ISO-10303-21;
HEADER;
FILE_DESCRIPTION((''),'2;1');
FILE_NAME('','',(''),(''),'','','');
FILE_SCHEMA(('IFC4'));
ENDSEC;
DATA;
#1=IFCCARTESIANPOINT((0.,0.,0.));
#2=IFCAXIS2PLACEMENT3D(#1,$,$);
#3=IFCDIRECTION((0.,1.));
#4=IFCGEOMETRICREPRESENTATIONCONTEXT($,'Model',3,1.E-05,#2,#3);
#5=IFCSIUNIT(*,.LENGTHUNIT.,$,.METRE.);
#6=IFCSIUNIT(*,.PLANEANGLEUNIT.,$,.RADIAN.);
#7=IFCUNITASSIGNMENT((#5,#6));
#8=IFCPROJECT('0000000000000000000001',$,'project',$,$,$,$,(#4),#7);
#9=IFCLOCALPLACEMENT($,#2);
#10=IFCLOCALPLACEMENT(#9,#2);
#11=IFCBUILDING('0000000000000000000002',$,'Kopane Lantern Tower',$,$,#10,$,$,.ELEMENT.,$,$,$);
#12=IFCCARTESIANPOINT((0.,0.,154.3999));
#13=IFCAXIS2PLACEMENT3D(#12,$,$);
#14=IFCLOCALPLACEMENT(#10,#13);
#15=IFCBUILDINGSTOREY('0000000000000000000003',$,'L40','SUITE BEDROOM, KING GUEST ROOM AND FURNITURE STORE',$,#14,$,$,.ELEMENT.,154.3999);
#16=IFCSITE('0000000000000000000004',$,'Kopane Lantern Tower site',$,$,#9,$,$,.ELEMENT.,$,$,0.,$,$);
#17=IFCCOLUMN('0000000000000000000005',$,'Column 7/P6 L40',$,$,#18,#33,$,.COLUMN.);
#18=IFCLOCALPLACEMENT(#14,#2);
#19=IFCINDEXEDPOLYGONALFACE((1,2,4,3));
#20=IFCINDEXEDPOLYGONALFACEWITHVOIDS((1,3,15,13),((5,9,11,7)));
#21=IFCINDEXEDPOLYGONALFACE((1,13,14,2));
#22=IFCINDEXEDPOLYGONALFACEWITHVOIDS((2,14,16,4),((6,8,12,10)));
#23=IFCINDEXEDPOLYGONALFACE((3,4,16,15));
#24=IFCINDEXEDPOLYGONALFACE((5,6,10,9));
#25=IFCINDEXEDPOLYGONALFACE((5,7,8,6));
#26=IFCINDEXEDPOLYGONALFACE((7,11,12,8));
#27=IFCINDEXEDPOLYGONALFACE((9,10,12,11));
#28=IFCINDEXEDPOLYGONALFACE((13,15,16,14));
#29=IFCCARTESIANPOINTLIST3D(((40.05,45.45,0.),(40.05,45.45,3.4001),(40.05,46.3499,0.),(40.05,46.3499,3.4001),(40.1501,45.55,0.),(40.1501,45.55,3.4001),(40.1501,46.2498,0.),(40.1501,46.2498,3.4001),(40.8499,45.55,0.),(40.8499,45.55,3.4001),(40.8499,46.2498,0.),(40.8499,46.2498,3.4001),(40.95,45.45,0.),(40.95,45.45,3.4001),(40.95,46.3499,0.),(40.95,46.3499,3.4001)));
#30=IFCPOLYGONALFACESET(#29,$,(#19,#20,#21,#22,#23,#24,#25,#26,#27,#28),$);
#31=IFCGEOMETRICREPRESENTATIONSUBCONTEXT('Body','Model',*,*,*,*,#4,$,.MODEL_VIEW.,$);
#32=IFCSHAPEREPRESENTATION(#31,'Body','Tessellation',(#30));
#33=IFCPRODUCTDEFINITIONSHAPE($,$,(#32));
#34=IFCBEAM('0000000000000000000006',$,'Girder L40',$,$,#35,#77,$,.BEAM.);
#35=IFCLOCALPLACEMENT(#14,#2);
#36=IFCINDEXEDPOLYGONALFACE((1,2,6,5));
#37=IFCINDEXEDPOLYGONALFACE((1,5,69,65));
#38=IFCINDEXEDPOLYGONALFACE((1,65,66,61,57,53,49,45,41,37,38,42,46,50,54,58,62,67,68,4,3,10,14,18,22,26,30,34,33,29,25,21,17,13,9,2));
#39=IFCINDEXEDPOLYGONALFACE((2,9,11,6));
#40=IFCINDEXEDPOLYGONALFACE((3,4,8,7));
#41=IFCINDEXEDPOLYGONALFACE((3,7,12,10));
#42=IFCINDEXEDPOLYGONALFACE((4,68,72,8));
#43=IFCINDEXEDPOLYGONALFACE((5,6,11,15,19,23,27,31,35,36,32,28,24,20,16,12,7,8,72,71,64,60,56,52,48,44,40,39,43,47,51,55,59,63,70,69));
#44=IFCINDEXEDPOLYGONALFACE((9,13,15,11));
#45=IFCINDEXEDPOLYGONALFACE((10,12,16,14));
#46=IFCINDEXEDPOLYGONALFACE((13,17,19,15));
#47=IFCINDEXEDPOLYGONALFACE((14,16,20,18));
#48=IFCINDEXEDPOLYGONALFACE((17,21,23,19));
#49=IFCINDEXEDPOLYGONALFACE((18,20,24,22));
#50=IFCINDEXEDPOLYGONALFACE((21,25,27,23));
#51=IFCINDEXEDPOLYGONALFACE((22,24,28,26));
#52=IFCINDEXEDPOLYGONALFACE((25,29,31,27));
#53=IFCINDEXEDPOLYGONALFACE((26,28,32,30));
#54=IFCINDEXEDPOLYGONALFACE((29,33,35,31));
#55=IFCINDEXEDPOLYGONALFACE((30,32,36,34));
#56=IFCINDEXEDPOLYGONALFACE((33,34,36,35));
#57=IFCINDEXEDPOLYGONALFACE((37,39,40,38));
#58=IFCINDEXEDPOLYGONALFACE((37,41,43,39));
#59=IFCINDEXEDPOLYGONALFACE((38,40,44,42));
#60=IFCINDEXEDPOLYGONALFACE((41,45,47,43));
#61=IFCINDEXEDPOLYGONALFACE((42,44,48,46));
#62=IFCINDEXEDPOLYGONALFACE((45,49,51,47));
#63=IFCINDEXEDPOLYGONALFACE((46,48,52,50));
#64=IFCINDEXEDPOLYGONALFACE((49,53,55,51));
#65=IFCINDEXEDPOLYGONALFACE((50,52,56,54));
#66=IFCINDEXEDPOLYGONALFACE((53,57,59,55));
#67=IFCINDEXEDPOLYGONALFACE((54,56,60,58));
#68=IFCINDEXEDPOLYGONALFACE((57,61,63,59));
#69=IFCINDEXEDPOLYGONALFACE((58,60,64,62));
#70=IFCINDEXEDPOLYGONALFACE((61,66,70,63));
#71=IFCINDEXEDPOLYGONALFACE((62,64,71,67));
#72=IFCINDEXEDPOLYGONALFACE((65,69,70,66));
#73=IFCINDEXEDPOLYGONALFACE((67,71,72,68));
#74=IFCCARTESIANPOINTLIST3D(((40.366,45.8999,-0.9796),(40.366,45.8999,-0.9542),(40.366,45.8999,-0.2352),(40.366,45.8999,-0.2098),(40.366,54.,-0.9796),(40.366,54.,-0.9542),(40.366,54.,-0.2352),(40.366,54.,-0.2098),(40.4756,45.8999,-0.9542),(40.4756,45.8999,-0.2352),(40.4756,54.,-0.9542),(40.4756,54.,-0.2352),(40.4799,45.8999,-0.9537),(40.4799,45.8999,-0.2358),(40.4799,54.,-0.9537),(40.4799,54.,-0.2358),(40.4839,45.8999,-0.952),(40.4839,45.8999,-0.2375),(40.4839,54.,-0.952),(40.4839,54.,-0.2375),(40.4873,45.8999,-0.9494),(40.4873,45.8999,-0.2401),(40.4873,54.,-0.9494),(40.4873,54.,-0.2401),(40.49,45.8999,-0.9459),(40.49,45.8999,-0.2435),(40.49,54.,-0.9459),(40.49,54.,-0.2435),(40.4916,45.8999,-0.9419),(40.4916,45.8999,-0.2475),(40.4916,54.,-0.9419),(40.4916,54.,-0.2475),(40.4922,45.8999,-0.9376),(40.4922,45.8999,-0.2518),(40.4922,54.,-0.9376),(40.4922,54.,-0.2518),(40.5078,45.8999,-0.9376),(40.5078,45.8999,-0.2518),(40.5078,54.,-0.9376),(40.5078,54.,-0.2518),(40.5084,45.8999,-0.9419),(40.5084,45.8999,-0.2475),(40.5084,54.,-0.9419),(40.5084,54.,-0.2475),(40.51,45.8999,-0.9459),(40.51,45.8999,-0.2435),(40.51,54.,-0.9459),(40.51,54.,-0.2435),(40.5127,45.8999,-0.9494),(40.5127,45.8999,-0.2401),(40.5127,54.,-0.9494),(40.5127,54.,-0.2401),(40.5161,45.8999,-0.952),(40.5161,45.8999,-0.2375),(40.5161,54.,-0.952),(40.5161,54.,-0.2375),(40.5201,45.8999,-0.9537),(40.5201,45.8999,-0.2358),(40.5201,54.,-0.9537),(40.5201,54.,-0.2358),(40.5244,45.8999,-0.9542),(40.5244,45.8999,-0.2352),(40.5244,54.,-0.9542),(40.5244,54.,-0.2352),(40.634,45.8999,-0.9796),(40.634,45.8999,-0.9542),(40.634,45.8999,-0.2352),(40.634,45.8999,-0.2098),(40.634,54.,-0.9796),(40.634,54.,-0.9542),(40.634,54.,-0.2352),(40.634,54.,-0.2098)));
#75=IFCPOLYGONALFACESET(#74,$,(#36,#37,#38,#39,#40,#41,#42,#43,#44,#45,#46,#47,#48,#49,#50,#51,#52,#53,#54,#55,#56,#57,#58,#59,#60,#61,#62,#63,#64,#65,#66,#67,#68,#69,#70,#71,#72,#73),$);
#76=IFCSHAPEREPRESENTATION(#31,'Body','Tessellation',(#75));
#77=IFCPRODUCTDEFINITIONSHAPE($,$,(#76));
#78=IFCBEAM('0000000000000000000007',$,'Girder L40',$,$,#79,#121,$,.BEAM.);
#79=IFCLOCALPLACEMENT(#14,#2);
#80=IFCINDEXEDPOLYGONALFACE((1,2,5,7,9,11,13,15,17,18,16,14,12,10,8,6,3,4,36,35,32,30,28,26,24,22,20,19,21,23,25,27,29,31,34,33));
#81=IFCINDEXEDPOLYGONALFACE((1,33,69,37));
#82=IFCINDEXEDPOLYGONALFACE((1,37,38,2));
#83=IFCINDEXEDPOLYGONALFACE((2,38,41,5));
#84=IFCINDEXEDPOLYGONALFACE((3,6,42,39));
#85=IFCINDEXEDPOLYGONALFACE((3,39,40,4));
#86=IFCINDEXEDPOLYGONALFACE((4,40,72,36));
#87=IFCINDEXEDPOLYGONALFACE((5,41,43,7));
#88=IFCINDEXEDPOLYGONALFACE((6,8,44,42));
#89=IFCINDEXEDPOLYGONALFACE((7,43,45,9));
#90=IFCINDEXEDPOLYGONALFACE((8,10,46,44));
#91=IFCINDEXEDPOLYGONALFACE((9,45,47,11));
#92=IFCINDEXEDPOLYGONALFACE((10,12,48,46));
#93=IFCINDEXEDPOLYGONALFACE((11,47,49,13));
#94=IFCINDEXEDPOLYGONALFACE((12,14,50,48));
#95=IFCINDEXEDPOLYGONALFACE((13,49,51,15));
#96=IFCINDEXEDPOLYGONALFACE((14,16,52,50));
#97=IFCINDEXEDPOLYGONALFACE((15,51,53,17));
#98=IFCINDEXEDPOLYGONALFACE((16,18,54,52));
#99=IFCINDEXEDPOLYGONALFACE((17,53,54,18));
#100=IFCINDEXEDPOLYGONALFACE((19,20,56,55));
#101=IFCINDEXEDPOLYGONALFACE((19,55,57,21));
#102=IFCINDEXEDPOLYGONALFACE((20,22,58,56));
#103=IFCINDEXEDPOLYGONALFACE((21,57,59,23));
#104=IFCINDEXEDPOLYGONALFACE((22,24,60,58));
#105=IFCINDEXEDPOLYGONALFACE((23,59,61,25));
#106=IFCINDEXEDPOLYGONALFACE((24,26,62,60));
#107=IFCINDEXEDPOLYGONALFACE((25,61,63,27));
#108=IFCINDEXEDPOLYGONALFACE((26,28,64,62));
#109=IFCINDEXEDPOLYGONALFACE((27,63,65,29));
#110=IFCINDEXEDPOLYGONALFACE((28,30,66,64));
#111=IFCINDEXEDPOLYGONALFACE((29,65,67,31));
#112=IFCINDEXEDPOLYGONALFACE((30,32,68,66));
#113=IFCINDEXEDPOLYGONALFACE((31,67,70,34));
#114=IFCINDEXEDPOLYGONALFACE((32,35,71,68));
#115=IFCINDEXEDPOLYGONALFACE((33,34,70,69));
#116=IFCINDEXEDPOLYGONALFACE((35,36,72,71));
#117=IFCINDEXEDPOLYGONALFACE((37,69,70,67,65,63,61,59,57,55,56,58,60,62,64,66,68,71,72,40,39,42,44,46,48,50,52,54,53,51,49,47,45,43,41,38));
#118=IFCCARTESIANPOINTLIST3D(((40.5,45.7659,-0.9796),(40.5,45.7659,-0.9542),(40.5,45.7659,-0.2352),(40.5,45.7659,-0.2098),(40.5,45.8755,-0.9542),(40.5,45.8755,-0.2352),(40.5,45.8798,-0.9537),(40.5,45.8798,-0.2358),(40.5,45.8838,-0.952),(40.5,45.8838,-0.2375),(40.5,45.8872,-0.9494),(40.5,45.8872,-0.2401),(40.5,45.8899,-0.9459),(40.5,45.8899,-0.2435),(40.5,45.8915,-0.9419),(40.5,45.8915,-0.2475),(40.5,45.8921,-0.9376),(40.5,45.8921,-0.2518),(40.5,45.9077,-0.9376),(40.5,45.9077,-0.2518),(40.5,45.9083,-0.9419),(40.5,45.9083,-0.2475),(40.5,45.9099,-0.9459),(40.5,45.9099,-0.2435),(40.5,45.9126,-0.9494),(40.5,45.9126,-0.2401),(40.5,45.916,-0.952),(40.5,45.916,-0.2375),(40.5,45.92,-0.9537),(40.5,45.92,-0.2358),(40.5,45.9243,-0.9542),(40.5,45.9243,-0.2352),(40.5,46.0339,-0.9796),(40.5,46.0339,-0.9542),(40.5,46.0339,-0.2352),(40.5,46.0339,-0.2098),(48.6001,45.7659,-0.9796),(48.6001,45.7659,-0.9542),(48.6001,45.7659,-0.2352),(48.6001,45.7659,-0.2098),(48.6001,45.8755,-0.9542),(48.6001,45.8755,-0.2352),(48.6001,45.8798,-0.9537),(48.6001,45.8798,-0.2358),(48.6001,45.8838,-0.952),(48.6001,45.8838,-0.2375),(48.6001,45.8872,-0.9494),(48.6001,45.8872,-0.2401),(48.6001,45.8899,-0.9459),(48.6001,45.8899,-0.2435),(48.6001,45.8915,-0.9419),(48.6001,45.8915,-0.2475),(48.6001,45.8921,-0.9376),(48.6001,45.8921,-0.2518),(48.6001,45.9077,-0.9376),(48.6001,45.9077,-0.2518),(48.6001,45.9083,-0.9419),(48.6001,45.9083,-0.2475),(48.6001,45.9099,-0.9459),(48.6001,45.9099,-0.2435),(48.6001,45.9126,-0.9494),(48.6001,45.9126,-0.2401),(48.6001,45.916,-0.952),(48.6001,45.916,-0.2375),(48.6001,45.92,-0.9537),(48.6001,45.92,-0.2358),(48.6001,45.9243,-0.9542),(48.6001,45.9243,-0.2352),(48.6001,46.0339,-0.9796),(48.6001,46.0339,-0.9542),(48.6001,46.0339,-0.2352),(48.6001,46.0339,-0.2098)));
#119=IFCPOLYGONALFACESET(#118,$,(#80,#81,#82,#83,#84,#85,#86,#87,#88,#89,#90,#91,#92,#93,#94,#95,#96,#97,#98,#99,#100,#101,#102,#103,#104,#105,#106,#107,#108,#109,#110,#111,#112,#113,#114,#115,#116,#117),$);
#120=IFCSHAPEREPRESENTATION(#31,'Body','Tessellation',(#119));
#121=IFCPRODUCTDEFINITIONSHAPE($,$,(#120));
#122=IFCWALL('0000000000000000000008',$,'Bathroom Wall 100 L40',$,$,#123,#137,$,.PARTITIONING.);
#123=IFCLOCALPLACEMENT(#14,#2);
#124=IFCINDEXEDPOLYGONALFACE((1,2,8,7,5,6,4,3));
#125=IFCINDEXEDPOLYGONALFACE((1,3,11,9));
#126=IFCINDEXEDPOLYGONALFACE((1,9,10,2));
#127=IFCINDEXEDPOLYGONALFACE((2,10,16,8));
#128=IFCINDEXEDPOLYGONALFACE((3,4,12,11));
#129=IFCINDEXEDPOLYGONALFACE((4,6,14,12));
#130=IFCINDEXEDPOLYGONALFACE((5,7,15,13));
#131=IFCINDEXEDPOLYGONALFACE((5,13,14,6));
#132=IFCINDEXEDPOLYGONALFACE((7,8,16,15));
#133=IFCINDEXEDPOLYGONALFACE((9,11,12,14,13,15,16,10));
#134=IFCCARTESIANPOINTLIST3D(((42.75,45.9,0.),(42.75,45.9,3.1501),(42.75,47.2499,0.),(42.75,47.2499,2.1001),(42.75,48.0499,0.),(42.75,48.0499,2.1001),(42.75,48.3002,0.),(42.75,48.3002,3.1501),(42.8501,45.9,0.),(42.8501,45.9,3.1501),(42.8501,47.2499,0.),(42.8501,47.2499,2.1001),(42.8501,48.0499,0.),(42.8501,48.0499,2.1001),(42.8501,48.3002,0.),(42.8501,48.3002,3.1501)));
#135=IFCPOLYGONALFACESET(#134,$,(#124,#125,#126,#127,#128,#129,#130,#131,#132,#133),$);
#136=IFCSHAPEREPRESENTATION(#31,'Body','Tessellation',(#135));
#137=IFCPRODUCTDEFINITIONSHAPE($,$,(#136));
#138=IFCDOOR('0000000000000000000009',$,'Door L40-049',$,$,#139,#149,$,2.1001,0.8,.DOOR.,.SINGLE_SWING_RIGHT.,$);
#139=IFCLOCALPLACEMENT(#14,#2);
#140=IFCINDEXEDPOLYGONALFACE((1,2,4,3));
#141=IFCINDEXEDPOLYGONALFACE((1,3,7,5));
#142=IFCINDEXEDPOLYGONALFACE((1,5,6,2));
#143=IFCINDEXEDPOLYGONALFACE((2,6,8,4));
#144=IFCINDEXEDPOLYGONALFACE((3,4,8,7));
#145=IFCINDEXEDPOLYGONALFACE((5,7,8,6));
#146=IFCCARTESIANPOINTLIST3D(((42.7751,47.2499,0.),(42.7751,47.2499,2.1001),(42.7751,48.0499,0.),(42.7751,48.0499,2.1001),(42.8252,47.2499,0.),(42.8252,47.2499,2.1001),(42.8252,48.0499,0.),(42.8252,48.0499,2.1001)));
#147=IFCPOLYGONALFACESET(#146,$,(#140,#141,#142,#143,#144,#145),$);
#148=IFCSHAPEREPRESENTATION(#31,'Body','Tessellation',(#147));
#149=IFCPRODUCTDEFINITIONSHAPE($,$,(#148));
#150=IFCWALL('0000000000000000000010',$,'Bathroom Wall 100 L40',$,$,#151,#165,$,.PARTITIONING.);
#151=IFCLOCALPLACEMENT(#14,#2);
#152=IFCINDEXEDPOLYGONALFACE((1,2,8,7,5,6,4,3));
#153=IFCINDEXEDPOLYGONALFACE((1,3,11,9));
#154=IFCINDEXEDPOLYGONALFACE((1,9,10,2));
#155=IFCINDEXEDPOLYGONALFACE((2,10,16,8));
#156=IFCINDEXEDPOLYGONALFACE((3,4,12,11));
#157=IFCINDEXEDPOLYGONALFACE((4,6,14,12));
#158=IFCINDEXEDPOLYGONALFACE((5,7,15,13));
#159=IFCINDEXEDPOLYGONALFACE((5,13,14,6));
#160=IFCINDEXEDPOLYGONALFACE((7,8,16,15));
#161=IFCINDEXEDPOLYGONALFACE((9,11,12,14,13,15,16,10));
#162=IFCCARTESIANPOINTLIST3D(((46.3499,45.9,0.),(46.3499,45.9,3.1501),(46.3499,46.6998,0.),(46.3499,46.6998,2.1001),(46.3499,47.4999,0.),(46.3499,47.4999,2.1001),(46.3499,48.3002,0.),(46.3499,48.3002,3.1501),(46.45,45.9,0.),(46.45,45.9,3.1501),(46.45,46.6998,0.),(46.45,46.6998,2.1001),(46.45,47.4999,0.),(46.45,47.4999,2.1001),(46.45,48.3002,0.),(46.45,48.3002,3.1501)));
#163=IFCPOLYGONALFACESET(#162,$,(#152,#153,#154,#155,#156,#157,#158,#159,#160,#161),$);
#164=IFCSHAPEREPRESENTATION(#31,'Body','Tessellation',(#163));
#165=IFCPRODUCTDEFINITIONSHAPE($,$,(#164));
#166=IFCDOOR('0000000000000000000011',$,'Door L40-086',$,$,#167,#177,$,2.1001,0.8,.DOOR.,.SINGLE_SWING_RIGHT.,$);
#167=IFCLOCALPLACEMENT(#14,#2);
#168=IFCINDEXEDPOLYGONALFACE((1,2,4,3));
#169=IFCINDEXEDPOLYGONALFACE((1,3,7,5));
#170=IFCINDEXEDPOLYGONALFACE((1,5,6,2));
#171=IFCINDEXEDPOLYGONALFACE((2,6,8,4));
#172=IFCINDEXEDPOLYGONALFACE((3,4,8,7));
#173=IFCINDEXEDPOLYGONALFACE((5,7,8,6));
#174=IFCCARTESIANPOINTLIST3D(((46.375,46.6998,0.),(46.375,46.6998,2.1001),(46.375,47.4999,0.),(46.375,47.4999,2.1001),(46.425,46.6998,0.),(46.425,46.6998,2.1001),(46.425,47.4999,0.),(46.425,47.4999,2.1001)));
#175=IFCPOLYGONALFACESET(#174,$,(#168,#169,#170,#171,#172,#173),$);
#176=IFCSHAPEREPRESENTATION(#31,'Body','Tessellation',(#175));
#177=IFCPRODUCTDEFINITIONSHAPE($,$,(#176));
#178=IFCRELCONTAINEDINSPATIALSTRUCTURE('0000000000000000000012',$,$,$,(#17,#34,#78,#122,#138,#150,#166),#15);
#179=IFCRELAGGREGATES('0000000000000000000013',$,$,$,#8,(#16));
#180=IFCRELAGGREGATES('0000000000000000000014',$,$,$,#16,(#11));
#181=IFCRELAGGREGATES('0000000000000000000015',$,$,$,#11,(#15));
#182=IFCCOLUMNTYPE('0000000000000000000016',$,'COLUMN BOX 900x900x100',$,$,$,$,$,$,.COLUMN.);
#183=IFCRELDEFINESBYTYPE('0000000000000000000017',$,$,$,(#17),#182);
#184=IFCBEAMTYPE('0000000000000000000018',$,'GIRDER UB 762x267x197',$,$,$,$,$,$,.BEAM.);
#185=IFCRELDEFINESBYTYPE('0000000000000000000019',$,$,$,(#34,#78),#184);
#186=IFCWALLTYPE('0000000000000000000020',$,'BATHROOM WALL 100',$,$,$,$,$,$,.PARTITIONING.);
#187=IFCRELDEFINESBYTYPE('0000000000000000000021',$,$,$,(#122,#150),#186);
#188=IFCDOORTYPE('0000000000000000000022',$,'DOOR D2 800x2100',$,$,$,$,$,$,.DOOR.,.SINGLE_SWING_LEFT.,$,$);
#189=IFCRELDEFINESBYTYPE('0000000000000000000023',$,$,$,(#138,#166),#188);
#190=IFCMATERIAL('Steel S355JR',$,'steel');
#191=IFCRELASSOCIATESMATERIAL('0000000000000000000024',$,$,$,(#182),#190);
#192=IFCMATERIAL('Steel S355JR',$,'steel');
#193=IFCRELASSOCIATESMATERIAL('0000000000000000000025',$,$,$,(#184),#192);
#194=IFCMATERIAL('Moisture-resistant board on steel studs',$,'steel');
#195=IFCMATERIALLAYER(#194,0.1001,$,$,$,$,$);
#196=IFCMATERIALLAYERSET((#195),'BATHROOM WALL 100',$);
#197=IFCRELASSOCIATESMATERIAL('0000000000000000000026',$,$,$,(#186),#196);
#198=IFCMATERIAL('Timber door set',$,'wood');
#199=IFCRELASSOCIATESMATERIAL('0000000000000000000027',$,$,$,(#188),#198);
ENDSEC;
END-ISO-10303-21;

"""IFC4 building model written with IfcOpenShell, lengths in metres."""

from ifc_helpers import new_model, si_unit, direction, frame, frame_2d, origin, origin_2d, place, context, subcontext, project, spatial, rectangle, hollow_rectangle, i_section, extrude, material, layer, layer_set, material_profile, profile_set, type_object, element, fill, save


model = new_model("IFC4")

# Units and contexts
model_context = context("Model", 3, precision=1e-05, world=origin(), true_north=direction((0.0, 1.0)))
body_context = subcontext(model_context, "Body", "Model", "MODEL_VIEW")
ifc_project = project(units=[si_unit("LENGTHUNIT", "METRE"), si_unit("PLANEANGLEUNIT", "RADIAN")], contexts=[model_context])

# Site, building, storey
site_placement = place(None, origin())
site = spatial("IfcSite", under=ifc_project, at=site_placement, Name="Kopane Lantern Tower site", CompositionType="ELEMENT", RefElevation=0.0)
building_placement = place(site_placement, origin())
building = spatial("IfcBuilding", under=site, at=building_placement, Name="Kopane Lantern Tower", CompositionType="ELEMENT")
storey_placement = place(building_placement, frame((0.0, 0.0, 154.3999)))
storey = spatial("IfcBuildingStorey", under=building, at=storey_placement, Name="L40", Description="SUITE BEDROOM, KING GUEST ROOM AND FURNITURE STORE", CompositionType="ELEMENT", Elevation=154.3999)

# Column
ifc_material_1 = material(Name="Steel S355JR", Category="steel")
ifc_material_profile_1 = material_profile(ifc_material_1, hollow_rectangle(XDim=0.8999, YDim=0.8999, WallThickness=0.1001, at=origin_2d()), Name="BOX 900x900x100")
ifc_profile_set_1 = profile_set([ifc_material_profile_1], Name="Steel S355JR")
column_type = type_object("IfcColumnType", Name="COLUMN BOX 900x900x100", PredefinedType="COLUMN", material=ifc_profile_set_1)
column_placement = place(storey_placement, frame((40.5, 45.8999, 0.0), z_axis=(0.0, 0.0, 1.0), x_axis=(1.0, 0.0, 0.0)))
element("IfcColumn", 1, at=column_placement, inside=storey, type_object=column_type, Name="Column 7/P6 L40", PredefinedType="COLUMN", context=body_context, shape_type="SweptSolid", body=[
    extrude(hollow_rectangle(XDim=0.8999, YDim=0.8999, WallThickness=0.1001, at=origin_2d()), origin(), (0.0, 0.0, 1.0), 3.4001),
])

# Beams
ifc_material_2 = material(Name="Steel S355JR", Category="steel")
ifc_material_profile_2 = material_profile(ifc_material_2, i_section(OverallWidth=0.2681, OverallDepth=0.7698, WebThickness=0.0156, FlangeThickness=0.0254, FilletRadius=0.0166, at=origin_2d()), Name="UB 762x267x197")
ifc_profile_set_2 = profile_set([ifc_material_profile_2], Name="Steel S355JR")
beam_type = type_object("IfcBeamType", Name="GIRDER UB 762x267x197", PredefinedType="BEAM", material=ifc_profile_set_2)
for number, where, z_axis, x_axis, name in (
    (2, (40.5, 45.8999, -0.5947), (0.0, 1.0, 0.0), (-1.0, 0.0, 0.0), "Girder L40"),
    (3, (40.5, 45.8999, -0.5947), (1.0, 0.0, 0.0), (0.0, 1.0, 0.0), "Girder L40"),
):
    element("IfcBeam", number, at=place(storey_placement, frame(where, z_axis=z_axis, x_axis=x_axis)), inside=storey, type_object=beam_type, Name=name, PredefinedType="BEAM", context=body_context, shape_type="SweptSolid", body=[
        extrude(i_section(OverallWidth=0.2681, OverallDepth=0.7698, WebThickness=0.0156, FlangeThickness=0.0254, FilletRadius=0.0166, at=origin_2d()), origin(), (0.0, 0.0, 1.0), 8.1001),
    ])

# Walls, openings, doors
ifc_material_3 = material(Name="Moisture-resistant board on steel studs", Category="steel")
ifc_layer_1 = layer(ifc_material_3, 0.1001)
ifc_layer_set_1 = layer_set([ifc_layer_1], Name="BATHROOM WALL 100")
wall_type_1 = type_object("IfcWallType", Name="BATHROOM WALL 100", PredefinedType="PARTITIONING", material=ifc_layer_set_1)
wall_1_placement = place(storey_placement, frame((42.8, 45.8999, 0.0), z_axis=(0.0, 0.0, 1.0), x_axis=(0.0, 1.0, 0.0)))
wall_1 = element("IfcWall", 4, at=wall_1_placement, inside=storey, type_object=wall_type_1, Name="Bathroom Wall 100 L40", PredefinedType="PARTITIONING", context=body_context, shape_type="SweptSolid", body=[
    extrude(rectangle(XDim=2.4001, YDim=0.1001, at=frame_2d((1.2002, 0.0))), origin(), (0.0, 0.0, 1.0), 3.1501),
])
opening_1_placement = place(wall_1_placement, frame((1.3501, 0.0, 0.0)))
opening_1 = element("IfcOpeningElement", 5, at=opening_1_placement, cuts=wall_1, PredefinedType="OPENING", context=body_context, shape_type="SweptSolid", body=[
    extrude(rectangle(XDim=0.8, YDim=2.1001, at=frame_2d((0.3999, 1.05))), frame((0.0, 0.0601, 0.0), z_axis=(0.0, -1.0, 0.0), x_axis=(1.0, 0.0, 0.0)), (0.0, 0.0, 1.0), 0.1201),
])
ifc_material_4 = material(Name="Timber door set", Category="wood")
door_type = type_object("IfcDoorType", Name="DOOR D2 800x2100", OperationType="SINGLE_SWING_LEFT", PredefinedType="DOOR", material=ifc_material_4)
door_1_placement = place(opening_1_placement, origin())
door_1 = element("IfcDoor", 6, at=door_1_placement, inside=storey, type_object=door_type, Name="Door L40-049", OperationType="SINGLE_SWING_RIGHT", OverallHeight=2.1001, OverallWidth=0.8, PredefinedType="DOOR", context=body_context, shape_type="SweptSolid", body=[
    extrude(rectangle(XDim=0.8, YDim=2.1001, at=frame_2d((0.3999, 1.05))), frame((0.0, 0.0249, 0.0), z_axis=(0.0, -1.0, 0.0), x_axis=(1.0, 0.0, 0.0)), (0.0, 0.0, 1.0), 0.05),
])
fill(opening_1, door_1)
wall_2_placement = place(storey_placement, frame((46.3999, 45.8999, 0.0), z_axis=(0.0, 0.0, 1.0), x_axis=(0.0, 1.0, 0.0)))
wall_2 = element("IfcWall", 7, at=wall_2_placement, inside=storey, type_object=wall_type_1, Name="Bathroom Wall 100 L40", PredefinedType="PARTITIONING", context=body_context, shape_type="SweptSolid", body=[
    extrude(rectangle(XDim=2.4001, YDim=0.1001, at=frame_2d((1.2002, 0.0))), origin(), (0.0, 0.0, 1.0), 3.1501),
])
opening_2_placement = place(wall_2_placement, frame((0.8, 0.0, 0.0)))
opening_2 = element("IfcOpeningElement", 8, at=opening_2_placement, cuts=wall_2, PredefinedType="OPENING", context=body_context, shape_type="SweptSolid", body=[
    extrude(rectangle(XDim=0.8, YDim=2.1001, at=frame_2d((0.3999, 1.05))), frame((0.0, 0.0601, 0.0), z_axis=(0.0, -1.0, 0.0), x_axis=(1.0, 0.0, 0.0)), (0.0, 0.0, 1.0), 0.1201),
])
door_2_placement = place(opening_2_placement, origin())
door_2 = element("IfcDoor", 9, at=door_2_placement, inside=storey, type_object=door_type, Name="Door L40-086", OperationType="SINGLE_SWING_RIGHT", OverallHeight=2.1001, OverallWidth=0.8, PredefinedType="DOOR", context=body_context, shape_type="SweptSolid", body=[
    extrude(rectangle(XDim=0.8, YDim=2.1001, at=frame_2d((0.3999, 1.05))), frame((0.0, 0.0249, 0.0), z_axis=(0.0, -1.0, 0.0), x_axis=(1.0, 0.0, 0.0)), (0.0, 0.0, 1.0), 0.05),
])
fill(opening_2, door_2)

save(model, "model.ifc")
